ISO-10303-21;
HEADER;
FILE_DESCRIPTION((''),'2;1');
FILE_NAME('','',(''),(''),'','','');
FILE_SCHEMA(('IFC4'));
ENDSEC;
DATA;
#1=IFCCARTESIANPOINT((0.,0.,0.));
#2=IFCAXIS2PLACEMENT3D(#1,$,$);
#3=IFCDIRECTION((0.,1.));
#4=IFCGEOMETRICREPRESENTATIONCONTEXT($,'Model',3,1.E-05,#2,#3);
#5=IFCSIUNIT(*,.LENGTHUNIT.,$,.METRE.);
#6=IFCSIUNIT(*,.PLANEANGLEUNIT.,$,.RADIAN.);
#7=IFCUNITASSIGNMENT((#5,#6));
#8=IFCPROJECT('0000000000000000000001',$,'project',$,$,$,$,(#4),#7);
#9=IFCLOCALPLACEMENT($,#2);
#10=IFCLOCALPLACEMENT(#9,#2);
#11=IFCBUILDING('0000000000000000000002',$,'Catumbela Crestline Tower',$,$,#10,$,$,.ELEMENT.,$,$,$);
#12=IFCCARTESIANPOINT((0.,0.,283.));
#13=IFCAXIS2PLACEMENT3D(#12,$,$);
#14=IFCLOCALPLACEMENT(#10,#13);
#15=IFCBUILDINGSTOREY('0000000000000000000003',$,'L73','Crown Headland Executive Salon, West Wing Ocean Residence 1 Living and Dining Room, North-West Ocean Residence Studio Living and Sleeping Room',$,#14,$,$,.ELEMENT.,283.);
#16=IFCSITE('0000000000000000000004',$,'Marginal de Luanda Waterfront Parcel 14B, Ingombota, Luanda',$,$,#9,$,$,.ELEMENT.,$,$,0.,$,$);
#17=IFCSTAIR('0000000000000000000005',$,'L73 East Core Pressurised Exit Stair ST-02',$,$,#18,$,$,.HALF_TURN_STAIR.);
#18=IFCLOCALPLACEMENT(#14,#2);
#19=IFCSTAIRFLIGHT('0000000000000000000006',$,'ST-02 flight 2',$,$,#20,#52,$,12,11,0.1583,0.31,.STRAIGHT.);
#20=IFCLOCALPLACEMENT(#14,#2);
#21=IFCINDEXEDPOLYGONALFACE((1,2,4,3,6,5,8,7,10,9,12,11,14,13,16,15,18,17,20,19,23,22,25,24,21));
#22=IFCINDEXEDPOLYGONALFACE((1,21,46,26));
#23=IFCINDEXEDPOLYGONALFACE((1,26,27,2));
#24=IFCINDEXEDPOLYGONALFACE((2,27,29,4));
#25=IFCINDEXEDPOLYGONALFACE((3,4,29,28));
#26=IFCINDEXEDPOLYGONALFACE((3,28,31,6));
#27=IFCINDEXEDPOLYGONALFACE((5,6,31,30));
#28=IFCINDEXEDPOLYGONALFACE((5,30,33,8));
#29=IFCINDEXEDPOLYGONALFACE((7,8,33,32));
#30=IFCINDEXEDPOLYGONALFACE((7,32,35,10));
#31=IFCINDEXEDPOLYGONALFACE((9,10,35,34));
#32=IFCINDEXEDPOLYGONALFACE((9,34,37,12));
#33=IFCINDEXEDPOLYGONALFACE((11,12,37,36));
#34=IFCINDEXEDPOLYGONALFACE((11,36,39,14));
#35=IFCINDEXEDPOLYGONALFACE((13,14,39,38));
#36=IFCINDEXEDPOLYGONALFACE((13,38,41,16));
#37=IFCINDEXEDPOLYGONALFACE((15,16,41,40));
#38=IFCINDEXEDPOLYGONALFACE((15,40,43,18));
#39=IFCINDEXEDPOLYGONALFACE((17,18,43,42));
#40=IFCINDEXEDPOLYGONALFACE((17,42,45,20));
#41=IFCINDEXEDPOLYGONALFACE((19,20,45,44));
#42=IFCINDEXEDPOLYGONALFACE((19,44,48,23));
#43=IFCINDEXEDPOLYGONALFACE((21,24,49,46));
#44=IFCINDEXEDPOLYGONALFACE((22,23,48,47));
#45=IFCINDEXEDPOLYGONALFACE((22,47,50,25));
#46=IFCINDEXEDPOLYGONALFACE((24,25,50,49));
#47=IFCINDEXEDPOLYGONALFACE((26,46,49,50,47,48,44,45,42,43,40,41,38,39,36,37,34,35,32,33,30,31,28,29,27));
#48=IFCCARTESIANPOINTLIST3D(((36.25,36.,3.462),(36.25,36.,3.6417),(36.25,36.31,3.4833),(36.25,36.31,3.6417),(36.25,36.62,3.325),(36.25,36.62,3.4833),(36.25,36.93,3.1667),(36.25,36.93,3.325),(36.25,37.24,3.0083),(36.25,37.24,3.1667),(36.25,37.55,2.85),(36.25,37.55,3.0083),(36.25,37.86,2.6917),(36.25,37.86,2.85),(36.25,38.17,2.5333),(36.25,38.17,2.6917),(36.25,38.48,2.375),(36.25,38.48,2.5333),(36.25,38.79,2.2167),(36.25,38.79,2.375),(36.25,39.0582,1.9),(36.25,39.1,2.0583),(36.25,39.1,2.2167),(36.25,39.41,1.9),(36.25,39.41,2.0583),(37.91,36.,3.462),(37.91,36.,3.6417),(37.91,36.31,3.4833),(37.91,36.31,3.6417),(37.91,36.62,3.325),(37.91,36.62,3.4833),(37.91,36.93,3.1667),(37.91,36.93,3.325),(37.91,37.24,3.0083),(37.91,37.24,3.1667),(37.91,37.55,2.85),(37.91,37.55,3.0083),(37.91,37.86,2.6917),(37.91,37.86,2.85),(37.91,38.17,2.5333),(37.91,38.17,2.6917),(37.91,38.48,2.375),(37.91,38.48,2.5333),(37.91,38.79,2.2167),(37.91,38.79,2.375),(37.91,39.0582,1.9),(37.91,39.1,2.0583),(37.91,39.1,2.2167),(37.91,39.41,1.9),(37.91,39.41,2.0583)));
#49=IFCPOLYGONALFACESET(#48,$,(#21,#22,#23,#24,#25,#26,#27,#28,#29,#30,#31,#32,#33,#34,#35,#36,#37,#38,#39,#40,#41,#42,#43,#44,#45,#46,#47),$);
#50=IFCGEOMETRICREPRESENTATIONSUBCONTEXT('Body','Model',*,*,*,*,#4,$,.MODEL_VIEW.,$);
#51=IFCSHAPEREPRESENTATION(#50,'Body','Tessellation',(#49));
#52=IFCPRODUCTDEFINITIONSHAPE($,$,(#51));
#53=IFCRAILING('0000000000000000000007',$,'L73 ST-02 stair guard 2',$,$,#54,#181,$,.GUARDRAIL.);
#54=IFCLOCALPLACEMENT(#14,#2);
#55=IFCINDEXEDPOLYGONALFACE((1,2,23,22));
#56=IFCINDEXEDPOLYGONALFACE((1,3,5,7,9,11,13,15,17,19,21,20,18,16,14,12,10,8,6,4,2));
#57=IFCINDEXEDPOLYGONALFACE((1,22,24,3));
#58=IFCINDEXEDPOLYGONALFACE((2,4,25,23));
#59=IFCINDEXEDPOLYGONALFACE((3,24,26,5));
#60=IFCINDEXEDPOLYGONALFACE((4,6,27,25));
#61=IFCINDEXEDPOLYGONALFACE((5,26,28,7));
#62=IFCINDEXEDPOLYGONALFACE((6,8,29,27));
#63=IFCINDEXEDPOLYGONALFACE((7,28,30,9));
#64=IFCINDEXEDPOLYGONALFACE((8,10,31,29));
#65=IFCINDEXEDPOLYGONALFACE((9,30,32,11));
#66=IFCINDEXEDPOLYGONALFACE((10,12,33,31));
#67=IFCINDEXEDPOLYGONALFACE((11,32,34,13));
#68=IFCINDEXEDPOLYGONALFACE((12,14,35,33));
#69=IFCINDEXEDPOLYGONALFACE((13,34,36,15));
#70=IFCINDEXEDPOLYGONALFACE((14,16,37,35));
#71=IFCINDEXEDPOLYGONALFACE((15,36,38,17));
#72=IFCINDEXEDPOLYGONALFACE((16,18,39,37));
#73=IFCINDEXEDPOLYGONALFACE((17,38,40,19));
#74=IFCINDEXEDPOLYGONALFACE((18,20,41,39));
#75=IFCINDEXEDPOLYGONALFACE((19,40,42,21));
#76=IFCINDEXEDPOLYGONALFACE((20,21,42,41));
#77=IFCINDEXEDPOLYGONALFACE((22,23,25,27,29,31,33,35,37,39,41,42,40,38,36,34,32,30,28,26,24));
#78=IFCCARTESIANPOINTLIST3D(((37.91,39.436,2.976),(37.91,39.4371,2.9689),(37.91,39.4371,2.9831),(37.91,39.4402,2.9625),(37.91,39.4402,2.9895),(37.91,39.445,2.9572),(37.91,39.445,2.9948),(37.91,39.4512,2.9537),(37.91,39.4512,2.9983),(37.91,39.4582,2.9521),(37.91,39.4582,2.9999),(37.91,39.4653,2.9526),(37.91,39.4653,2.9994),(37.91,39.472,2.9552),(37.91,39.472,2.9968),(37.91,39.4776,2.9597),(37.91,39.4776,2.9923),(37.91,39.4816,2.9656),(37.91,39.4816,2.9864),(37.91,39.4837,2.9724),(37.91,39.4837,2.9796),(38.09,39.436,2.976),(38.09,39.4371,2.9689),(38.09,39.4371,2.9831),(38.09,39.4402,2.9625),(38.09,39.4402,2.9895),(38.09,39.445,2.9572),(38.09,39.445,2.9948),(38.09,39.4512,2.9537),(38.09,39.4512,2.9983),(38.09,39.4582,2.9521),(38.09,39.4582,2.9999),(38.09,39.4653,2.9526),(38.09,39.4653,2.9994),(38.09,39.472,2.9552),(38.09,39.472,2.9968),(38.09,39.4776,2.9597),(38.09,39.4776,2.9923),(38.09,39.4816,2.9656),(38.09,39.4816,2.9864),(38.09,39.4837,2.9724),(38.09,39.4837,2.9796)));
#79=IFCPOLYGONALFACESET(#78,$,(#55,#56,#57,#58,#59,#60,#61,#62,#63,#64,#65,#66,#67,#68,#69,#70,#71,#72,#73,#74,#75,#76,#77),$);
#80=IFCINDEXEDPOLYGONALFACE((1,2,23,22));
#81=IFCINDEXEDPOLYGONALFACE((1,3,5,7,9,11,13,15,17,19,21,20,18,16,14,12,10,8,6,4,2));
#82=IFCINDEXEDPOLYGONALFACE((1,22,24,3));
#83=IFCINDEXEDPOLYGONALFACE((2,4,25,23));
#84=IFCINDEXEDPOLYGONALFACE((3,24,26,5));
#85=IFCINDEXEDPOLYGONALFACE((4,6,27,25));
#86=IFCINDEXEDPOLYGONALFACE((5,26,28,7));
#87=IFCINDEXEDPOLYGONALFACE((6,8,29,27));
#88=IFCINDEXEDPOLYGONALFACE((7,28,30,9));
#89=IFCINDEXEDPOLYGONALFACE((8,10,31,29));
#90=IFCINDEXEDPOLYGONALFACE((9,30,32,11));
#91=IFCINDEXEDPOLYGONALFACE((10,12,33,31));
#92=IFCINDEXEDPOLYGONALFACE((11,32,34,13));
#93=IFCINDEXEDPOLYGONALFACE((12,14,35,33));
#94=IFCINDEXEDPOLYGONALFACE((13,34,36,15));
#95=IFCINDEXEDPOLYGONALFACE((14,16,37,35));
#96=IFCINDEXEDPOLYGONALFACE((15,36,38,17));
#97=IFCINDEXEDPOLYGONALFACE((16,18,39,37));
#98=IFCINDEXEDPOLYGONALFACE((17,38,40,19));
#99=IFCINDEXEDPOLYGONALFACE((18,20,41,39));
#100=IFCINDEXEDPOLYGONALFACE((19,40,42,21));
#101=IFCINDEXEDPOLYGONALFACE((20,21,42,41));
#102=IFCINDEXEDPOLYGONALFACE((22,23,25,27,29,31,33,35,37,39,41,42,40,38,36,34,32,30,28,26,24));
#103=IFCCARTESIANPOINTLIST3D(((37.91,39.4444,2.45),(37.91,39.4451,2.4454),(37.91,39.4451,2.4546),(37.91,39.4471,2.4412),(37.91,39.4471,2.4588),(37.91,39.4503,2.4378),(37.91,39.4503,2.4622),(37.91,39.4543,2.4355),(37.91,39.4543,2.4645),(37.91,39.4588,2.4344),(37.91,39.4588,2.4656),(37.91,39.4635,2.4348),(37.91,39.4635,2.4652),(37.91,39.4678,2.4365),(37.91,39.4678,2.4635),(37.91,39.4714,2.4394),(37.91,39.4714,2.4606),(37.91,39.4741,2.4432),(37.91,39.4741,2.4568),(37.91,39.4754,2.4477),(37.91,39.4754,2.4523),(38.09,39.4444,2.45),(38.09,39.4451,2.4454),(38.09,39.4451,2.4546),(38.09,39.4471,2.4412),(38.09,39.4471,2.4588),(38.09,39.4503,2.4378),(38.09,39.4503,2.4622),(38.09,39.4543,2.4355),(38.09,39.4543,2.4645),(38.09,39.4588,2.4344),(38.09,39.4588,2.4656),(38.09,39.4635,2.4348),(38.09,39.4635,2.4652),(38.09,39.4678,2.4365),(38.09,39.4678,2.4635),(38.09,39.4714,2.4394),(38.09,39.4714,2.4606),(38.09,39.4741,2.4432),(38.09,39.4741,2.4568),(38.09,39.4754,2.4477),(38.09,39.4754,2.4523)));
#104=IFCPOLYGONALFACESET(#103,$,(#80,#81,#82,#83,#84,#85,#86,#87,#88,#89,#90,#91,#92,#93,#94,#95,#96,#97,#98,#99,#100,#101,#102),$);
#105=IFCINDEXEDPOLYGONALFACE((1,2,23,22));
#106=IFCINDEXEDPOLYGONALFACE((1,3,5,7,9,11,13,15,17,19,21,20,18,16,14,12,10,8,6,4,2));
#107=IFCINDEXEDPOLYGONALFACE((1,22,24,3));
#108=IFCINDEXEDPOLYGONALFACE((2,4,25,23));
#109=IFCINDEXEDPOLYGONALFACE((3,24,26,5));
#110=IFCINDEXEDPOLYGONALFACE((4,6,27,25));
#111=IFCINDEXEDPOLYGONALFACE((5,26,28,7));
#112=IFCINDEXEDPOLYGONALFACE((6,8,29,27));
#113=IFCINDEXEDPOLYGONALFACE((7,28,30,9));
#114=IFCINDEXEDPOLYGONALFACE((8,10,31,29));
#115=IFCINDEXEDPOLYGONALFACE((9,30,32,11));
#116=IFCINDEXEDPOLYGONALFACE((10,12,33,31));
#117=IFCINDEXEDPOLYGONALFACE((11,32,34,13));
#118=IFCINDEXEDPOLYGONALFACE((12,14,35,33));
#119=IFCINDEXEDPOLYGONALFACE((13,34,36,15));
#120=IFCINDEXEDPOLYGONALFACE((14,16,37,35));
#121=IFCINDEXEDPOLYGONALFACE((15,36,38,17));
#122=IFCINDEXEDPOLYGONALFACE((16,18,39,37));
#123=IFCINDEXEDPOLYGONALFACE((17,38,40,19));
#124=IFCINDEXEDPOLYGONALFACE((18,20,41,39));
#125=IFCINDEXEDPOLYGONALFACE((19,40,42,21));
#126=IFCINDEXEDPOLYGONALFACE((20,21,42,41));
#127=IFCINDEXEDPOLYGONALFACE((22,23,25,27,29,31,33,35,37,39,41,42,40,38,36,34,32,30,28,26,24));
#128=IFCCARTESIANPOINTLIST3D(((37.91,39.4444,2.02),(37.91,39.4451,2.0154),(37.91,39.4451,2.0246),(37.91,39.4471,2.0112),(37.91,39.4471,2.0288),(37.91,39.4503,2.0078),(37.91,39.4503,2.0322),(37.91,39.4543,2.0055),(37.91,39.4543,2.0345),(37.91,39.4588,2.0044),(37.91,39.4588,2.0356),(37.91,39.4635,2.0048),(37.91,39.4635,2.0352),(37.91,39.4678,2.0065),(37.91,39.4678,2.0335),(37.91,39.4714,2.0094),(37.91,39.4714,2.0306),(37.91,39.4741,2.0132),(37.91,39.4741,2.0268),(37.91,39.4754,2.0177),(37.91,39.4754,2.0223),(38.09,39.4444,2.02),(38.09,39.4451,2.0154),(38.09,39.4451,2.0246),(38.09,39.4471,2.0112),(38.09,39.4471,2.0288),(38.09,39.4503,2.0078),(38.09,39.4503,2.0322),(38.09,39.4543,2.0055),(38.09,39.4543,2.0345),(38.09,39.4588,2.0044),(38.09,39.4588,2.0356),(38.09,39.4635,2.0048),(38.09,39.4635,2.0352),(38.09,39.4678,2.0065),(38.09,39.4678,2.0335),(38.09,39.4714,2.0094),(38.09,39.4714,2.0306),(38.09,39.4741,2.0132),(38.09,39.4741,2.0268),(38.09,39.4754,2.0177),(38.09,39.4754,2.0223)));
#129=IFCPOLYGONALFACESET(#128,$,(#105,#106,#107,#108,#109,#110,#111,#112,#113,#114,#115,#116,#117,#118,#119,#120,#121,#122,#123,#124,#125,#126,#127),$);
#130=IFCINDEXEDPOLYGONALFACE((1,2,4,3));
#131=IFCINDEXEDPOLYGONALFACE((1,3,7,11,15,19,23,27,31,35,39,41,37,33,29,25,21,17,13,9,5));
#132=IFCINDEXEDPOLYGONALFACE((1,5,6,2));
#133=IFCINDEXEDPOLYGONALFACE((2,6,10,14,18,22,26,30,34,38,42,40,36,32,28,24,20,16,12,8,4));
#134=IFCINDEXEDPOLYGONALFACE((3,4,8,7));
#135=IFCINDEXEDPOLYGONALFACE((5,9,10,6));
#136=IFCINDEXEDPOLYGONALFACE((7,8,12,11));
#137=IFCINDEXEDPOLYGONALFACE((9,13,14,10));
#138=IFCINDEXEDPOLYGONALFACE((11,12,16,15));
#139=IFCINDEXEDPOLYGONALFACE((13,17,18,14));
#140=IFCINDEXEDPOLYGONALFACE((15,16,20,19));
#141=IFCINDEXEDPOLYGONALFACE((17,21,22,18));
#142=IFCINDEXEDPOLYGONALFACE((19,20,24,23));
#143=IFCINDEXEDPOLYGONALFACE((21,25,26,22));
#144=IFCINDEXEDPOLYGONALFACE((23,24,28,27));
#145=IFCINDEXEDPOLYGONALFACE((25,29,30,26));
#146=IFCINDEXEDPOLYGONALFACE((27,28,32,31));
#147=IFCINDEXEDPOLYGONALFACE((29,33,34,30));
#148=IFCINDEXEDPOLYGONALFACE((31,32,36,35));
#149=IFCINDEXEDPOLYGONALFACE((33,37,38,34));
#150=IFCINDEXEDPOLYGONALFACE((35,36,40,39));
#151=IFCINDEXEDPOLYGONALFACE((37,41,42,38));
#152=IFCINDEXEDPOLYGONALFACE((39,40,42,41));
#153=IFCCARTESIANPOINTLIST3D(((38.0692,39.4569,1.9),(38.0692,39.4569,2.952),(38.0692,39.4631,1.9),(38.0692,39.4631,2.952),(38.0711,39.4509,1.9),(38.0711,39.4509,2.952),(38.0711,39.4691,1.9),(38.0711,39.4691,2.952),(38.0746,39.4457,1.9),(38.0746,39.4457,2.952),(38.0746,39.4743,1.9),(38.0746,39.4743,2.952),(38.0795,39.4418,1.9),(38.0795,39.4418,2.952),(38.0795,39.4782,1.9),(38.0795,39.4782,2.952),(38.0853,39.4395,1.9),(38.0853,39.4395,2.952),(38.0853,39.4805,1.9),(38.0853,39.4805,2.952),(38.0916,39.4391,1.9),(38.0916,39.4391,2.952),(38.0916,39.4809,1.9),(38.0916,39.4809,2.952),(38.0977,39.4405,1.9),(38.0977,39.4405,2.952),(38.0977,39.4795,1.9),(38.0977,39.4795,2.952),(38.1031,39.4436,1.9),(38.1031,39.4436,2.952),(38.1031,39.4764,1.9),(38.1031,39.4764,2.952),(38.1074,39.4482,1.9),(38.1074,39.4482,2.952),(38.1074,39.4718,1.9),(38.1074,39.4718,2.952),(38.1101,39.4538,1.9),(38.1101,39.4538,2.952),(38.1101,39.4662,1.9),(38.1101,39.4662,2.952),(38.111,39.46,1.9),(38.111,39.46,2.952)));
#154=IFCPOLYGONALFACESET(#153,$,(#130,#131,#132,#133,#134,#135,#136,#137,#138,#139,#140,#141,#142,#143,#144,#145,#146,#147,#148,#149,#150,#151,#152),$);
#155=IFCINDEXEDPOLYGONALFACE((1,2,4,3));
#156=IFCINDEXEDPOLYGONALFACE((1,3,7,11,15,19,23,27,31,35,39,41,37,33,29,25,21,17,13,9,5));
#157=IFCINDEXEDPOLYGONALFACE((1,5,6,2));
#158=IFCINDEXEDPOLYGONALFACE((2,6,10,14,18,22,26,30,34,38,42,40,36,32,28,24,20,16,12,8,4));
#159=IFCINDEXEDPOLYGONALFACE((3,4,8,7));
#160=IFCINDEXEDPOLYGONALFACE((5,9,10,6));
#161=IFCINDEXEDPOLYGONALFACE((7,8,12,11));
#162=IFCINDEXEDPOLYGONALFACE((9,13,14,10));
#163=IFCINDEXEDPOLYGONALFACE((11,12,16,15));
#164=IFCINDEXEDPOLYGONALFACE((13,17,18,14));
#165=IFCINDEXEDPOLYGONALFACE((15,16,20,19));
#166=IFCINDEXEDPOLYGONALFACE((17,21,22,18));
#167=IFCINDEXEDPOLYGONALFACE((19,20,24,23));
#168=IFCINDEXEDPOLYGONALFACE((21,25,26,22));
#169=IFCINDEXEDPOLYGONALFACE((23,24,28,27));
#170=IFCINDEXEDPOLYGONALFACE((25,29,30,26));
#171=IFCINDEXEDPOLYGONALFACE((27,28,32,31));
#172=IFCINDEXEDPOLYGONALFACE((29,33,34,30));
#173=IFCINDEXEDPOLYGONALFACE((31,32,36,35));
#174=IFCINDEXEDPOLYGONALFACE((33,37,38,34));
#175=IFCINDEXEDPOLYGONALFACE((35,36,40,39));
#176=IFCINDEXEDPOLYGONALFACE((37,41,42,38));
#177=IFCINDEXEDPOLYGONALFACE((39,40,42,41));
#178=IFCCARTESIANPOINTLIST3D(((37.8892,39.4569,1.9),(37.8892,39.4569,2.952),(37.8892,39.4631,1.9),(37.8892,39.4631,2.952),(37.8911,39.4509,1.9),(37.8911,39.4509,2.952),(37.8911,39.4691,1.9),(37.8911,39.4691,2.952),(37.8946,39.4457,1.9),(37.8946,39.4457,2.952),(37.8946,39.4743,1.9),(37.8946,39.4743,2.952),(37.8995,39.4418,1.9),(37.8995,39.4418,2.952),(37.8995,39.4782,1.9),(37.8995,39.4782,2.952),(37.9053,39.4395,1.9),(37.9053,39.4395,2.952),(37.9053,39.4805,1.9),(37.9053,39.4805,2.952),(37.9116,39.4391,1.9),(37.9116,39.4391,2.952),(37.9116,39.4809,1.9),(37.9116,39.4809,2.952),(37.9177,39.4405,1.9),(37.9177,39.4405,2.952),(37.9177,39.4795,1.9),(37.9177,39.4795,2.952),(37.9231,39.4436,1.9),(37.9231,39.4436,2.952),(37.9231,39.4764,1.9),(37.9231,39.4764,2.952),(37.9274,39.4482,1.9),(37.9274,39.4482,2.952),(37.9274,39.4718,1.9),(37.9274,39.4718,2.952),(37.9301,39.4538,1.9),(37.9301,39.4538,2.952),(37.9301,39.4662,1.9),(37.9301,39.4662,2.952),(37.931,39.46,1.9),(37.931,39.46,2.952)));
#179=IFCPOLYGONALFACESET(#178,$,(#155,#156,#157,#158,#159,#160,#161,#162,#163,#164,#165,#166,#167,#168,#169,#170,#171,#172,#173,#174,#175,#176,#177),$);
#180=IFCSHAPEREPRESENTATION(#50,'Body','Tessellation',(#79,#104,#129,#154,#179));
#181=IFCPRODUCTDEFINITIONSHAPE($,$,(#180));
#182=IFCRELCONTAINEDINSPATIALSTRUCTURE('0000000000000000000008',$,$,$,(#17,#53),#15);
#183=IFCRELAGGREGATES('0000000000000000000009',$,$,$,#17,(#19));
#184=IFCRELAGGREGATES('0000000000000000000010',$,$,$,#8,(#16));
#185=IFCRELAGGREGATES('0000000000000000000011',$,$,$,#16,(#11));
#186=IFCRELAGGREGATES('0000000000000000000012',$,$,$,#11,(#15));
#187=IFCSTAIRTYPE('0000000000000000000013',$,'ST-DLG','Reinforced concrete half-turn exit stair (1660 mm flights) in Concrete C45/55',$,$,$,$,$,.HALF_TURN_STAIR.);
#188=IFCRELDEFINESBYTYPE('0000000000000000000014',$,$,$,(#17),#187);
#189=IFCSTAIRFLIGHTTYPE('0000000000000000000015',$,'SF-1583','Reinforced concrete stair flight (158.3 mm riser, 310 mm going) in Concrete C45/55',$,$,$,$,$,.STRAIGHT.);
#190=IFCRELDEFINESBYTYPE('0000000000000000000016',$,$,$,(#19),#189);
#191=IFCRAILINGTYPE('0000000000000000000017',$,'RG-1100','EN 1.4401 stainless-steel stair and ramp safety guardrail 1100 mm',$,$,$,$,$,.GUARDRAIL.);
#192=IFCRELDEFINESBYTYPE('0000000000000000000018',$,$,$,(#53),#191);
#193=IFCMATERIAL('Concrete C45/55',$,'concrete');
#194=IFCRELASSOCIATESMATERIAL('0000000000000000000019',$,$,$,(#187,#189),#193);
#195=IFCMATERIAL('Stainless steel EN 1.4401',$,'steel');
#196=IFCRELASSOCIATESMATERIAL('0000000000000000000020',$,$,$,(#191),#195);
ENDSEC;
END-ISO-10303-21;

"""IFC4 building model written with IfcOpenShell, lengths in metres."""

from ifc_helpers import new_model, si_unit, direction, frame, origin, origin_2d, place, context, subcontext, project, spatial, polyline, circle, outline, extrude, material, type_object, element, aggregate, save


model = new_model("IFC4")

# Units and contexts
model_context = context("Model", 3, precision=1e-05, world=origin(), true_north=direction((0.0, 1.0)))
body_context = subcontext(model_context, "Body", "Model", "MODEL_VIEW")
ifc_project = project(units=[si_unit("LENGTHUNIT", "METRE"), si_unit("PLANEANGLEUNIT", "RADIAN")], contexts=[model_context])

# Site, building, storey
site_placement = place(None, origin())
site = spatial("IfcSite", under=ifc_project, at=site_placement, Name="Marginal de Luanda Waterfront Parcel 14B, Ingombota, Luanda", CompositionType="ELEMENT", RefElevation=0.0)
building_placement = place(site_placement, origin())
building = spatial("IfcBuilding", under=site, at=building_placement, Name="Catumbela Crestline Tower", CompositionType="ELEMENT")
storey_placement = place(building_placement, frame((0.0, 0.0, 283.0)))
storey = spatial("IfcBuildingStorey", under=building, at=storey_placement, Name="L73", Description="Crown Headland Executive Salon, West Wing Ocean Residence 1 Living and Dining Room, North-West Ocean Residence Studio Living and Sleeping Room", CompositionType="ELEMENT", Elevation=283.0)

# Shared definitions
ifc_material_1 = material(Name="Stainless steel EN 1.4401", Category="steel")

# Stair, stair flight
ifc_material_2 = material(Name="Concrete C45/55", Category="concrete")
stair_type = type_object("IfcStairType", Name="ST-DLG", Description="Reinforced concrete half-turn exit stair (1660 mm flights) in Concrete C45/55", PredefinedType="HALF_TURN_STAIR", material=ifc_material_2)
stair_placement = place(storey_placement, origin())
stair = element("IfcStair", 1, at=stair_placement, inside=storey, type_object=stair_type, Name="L73 East Core Pressurised Exit Stair ST-02", PredefinedType="HALF_TURN_STAIR")
stair_flight_type = type_object("IfcStairFlightType", Name="SF-1583", Description="Reinforced concrete stair flight (158.3 mm riser, 310 mm going) in Concrete C45/55", PredefinedType="STRAIGHT", material=ifc_material_2)
stair_flight_placement = place(storey_placement, frame((37.08, 39.41, 1.9), z_axis=(0.0, 0.0, 1.0), x_axis=(0.0, -1.0, 0.0)))
stair_flight = element("IfcStairFlight", 2, at=stair_flight_placement, type_object=stair_flight_type, Name="ST-02 flight 2", NumberOfRisers=12, NumberOfTreads=11, PredefinedType="STRAIGHT", RiserHeight=0.1583, TreadLength=0.31, context=body_context, shape_type="SweptSolid", body=[
    extrude(outline(polyline([(0.0, 0.0), (0.0, 0.1583), (0.31, 0.1583), (0.31, 0.3167), (0.62, 0.3167), (0.62, 0.475), (0.93, 0.475), (0.93, 0.6333), (1.24, 0.6333), (1.24, 0.7917), (1.55, 0.7917), (1.55, 0.95), (1.86, 0.95), (1.86, 1.1083), (2.17, 1.1083), (2.17, 1.2667), (2.48, 1.2667), (2.48, 1.425), (2.79, 1.425), (2.79, 1.5833), (3.1, 1.5833), (3.1, 1.7417), (3.41, 1.7417), (3.41, 1.9), (3.41, 1.562), (0.3518, 0.0), (0.0, 0.0)])), frame((0.0, 0.83, 0.0), z_axis=(0.0, -1.0, 0.0), x_axis=(1.0, 0.0, 0.0)), (0.0, 0.0, 1.0), 1.66),
])
aggregate(stair, [stair_flight])

# Railing
railing_type_1 = type_object("IfcRailingType", Name="RG-1100", Description="EN 1.4401 stainless-steel stair and ramp safety guardrail 1100 mm", PredefinedType="GUARDRAIL", material=ifc_material_1)
railing_1_placement = place(storey_placement, frame((38.09, 39.46, 1.9)))
element("IfcRailing", 3, at=railing_1_placement, inside=storey, type_object=railing_type_1, Name="L73 ST-02 stair guard 2", PredefinedType="GUARDRAIL", context=body_context, shape_type="SweptSolid", body=[
    extrude(circle(Radius=0.024, at=origin_2d()), frame((0.0, 0.0, 1.076), z_axis=(-1.0, 0.0, 0.0), x_axis=(0.0, -1.0, 0.0)), (0.0, 0.0, 1.0), 0.18),
    extrude(circle(Radius=0.0156, at=origin_2d()), frame((0.0, 0.0, 0.55), z_axis=(-1.0, 0.0, 0.0), x_axis=(0.0, -1.0, 0.0)), (0.0, 0.0, 1.0), 0.18),
    extrude(circle(Radius=0.0156, at=origin_2d()), frame((0.0, 0.0, 0.12), z_axis=(-1.0, 0.0, 0.0), x_axis=(0.0, -1.0, 0.0)), (0.0, 0.0, 1.0), 0.18),
    extrude(circle(Radius=0.021, at=origin_2d()), origin(), (0.0, 0.0, 1.0), 1.052),
    extrude(circle(Radius=0.021, at=origin_2d()), frame((-0.18, 0.0, 0.0)), (0.0, 0.0, 1.0), 1.052),
])

save(model, "model.ifc")
